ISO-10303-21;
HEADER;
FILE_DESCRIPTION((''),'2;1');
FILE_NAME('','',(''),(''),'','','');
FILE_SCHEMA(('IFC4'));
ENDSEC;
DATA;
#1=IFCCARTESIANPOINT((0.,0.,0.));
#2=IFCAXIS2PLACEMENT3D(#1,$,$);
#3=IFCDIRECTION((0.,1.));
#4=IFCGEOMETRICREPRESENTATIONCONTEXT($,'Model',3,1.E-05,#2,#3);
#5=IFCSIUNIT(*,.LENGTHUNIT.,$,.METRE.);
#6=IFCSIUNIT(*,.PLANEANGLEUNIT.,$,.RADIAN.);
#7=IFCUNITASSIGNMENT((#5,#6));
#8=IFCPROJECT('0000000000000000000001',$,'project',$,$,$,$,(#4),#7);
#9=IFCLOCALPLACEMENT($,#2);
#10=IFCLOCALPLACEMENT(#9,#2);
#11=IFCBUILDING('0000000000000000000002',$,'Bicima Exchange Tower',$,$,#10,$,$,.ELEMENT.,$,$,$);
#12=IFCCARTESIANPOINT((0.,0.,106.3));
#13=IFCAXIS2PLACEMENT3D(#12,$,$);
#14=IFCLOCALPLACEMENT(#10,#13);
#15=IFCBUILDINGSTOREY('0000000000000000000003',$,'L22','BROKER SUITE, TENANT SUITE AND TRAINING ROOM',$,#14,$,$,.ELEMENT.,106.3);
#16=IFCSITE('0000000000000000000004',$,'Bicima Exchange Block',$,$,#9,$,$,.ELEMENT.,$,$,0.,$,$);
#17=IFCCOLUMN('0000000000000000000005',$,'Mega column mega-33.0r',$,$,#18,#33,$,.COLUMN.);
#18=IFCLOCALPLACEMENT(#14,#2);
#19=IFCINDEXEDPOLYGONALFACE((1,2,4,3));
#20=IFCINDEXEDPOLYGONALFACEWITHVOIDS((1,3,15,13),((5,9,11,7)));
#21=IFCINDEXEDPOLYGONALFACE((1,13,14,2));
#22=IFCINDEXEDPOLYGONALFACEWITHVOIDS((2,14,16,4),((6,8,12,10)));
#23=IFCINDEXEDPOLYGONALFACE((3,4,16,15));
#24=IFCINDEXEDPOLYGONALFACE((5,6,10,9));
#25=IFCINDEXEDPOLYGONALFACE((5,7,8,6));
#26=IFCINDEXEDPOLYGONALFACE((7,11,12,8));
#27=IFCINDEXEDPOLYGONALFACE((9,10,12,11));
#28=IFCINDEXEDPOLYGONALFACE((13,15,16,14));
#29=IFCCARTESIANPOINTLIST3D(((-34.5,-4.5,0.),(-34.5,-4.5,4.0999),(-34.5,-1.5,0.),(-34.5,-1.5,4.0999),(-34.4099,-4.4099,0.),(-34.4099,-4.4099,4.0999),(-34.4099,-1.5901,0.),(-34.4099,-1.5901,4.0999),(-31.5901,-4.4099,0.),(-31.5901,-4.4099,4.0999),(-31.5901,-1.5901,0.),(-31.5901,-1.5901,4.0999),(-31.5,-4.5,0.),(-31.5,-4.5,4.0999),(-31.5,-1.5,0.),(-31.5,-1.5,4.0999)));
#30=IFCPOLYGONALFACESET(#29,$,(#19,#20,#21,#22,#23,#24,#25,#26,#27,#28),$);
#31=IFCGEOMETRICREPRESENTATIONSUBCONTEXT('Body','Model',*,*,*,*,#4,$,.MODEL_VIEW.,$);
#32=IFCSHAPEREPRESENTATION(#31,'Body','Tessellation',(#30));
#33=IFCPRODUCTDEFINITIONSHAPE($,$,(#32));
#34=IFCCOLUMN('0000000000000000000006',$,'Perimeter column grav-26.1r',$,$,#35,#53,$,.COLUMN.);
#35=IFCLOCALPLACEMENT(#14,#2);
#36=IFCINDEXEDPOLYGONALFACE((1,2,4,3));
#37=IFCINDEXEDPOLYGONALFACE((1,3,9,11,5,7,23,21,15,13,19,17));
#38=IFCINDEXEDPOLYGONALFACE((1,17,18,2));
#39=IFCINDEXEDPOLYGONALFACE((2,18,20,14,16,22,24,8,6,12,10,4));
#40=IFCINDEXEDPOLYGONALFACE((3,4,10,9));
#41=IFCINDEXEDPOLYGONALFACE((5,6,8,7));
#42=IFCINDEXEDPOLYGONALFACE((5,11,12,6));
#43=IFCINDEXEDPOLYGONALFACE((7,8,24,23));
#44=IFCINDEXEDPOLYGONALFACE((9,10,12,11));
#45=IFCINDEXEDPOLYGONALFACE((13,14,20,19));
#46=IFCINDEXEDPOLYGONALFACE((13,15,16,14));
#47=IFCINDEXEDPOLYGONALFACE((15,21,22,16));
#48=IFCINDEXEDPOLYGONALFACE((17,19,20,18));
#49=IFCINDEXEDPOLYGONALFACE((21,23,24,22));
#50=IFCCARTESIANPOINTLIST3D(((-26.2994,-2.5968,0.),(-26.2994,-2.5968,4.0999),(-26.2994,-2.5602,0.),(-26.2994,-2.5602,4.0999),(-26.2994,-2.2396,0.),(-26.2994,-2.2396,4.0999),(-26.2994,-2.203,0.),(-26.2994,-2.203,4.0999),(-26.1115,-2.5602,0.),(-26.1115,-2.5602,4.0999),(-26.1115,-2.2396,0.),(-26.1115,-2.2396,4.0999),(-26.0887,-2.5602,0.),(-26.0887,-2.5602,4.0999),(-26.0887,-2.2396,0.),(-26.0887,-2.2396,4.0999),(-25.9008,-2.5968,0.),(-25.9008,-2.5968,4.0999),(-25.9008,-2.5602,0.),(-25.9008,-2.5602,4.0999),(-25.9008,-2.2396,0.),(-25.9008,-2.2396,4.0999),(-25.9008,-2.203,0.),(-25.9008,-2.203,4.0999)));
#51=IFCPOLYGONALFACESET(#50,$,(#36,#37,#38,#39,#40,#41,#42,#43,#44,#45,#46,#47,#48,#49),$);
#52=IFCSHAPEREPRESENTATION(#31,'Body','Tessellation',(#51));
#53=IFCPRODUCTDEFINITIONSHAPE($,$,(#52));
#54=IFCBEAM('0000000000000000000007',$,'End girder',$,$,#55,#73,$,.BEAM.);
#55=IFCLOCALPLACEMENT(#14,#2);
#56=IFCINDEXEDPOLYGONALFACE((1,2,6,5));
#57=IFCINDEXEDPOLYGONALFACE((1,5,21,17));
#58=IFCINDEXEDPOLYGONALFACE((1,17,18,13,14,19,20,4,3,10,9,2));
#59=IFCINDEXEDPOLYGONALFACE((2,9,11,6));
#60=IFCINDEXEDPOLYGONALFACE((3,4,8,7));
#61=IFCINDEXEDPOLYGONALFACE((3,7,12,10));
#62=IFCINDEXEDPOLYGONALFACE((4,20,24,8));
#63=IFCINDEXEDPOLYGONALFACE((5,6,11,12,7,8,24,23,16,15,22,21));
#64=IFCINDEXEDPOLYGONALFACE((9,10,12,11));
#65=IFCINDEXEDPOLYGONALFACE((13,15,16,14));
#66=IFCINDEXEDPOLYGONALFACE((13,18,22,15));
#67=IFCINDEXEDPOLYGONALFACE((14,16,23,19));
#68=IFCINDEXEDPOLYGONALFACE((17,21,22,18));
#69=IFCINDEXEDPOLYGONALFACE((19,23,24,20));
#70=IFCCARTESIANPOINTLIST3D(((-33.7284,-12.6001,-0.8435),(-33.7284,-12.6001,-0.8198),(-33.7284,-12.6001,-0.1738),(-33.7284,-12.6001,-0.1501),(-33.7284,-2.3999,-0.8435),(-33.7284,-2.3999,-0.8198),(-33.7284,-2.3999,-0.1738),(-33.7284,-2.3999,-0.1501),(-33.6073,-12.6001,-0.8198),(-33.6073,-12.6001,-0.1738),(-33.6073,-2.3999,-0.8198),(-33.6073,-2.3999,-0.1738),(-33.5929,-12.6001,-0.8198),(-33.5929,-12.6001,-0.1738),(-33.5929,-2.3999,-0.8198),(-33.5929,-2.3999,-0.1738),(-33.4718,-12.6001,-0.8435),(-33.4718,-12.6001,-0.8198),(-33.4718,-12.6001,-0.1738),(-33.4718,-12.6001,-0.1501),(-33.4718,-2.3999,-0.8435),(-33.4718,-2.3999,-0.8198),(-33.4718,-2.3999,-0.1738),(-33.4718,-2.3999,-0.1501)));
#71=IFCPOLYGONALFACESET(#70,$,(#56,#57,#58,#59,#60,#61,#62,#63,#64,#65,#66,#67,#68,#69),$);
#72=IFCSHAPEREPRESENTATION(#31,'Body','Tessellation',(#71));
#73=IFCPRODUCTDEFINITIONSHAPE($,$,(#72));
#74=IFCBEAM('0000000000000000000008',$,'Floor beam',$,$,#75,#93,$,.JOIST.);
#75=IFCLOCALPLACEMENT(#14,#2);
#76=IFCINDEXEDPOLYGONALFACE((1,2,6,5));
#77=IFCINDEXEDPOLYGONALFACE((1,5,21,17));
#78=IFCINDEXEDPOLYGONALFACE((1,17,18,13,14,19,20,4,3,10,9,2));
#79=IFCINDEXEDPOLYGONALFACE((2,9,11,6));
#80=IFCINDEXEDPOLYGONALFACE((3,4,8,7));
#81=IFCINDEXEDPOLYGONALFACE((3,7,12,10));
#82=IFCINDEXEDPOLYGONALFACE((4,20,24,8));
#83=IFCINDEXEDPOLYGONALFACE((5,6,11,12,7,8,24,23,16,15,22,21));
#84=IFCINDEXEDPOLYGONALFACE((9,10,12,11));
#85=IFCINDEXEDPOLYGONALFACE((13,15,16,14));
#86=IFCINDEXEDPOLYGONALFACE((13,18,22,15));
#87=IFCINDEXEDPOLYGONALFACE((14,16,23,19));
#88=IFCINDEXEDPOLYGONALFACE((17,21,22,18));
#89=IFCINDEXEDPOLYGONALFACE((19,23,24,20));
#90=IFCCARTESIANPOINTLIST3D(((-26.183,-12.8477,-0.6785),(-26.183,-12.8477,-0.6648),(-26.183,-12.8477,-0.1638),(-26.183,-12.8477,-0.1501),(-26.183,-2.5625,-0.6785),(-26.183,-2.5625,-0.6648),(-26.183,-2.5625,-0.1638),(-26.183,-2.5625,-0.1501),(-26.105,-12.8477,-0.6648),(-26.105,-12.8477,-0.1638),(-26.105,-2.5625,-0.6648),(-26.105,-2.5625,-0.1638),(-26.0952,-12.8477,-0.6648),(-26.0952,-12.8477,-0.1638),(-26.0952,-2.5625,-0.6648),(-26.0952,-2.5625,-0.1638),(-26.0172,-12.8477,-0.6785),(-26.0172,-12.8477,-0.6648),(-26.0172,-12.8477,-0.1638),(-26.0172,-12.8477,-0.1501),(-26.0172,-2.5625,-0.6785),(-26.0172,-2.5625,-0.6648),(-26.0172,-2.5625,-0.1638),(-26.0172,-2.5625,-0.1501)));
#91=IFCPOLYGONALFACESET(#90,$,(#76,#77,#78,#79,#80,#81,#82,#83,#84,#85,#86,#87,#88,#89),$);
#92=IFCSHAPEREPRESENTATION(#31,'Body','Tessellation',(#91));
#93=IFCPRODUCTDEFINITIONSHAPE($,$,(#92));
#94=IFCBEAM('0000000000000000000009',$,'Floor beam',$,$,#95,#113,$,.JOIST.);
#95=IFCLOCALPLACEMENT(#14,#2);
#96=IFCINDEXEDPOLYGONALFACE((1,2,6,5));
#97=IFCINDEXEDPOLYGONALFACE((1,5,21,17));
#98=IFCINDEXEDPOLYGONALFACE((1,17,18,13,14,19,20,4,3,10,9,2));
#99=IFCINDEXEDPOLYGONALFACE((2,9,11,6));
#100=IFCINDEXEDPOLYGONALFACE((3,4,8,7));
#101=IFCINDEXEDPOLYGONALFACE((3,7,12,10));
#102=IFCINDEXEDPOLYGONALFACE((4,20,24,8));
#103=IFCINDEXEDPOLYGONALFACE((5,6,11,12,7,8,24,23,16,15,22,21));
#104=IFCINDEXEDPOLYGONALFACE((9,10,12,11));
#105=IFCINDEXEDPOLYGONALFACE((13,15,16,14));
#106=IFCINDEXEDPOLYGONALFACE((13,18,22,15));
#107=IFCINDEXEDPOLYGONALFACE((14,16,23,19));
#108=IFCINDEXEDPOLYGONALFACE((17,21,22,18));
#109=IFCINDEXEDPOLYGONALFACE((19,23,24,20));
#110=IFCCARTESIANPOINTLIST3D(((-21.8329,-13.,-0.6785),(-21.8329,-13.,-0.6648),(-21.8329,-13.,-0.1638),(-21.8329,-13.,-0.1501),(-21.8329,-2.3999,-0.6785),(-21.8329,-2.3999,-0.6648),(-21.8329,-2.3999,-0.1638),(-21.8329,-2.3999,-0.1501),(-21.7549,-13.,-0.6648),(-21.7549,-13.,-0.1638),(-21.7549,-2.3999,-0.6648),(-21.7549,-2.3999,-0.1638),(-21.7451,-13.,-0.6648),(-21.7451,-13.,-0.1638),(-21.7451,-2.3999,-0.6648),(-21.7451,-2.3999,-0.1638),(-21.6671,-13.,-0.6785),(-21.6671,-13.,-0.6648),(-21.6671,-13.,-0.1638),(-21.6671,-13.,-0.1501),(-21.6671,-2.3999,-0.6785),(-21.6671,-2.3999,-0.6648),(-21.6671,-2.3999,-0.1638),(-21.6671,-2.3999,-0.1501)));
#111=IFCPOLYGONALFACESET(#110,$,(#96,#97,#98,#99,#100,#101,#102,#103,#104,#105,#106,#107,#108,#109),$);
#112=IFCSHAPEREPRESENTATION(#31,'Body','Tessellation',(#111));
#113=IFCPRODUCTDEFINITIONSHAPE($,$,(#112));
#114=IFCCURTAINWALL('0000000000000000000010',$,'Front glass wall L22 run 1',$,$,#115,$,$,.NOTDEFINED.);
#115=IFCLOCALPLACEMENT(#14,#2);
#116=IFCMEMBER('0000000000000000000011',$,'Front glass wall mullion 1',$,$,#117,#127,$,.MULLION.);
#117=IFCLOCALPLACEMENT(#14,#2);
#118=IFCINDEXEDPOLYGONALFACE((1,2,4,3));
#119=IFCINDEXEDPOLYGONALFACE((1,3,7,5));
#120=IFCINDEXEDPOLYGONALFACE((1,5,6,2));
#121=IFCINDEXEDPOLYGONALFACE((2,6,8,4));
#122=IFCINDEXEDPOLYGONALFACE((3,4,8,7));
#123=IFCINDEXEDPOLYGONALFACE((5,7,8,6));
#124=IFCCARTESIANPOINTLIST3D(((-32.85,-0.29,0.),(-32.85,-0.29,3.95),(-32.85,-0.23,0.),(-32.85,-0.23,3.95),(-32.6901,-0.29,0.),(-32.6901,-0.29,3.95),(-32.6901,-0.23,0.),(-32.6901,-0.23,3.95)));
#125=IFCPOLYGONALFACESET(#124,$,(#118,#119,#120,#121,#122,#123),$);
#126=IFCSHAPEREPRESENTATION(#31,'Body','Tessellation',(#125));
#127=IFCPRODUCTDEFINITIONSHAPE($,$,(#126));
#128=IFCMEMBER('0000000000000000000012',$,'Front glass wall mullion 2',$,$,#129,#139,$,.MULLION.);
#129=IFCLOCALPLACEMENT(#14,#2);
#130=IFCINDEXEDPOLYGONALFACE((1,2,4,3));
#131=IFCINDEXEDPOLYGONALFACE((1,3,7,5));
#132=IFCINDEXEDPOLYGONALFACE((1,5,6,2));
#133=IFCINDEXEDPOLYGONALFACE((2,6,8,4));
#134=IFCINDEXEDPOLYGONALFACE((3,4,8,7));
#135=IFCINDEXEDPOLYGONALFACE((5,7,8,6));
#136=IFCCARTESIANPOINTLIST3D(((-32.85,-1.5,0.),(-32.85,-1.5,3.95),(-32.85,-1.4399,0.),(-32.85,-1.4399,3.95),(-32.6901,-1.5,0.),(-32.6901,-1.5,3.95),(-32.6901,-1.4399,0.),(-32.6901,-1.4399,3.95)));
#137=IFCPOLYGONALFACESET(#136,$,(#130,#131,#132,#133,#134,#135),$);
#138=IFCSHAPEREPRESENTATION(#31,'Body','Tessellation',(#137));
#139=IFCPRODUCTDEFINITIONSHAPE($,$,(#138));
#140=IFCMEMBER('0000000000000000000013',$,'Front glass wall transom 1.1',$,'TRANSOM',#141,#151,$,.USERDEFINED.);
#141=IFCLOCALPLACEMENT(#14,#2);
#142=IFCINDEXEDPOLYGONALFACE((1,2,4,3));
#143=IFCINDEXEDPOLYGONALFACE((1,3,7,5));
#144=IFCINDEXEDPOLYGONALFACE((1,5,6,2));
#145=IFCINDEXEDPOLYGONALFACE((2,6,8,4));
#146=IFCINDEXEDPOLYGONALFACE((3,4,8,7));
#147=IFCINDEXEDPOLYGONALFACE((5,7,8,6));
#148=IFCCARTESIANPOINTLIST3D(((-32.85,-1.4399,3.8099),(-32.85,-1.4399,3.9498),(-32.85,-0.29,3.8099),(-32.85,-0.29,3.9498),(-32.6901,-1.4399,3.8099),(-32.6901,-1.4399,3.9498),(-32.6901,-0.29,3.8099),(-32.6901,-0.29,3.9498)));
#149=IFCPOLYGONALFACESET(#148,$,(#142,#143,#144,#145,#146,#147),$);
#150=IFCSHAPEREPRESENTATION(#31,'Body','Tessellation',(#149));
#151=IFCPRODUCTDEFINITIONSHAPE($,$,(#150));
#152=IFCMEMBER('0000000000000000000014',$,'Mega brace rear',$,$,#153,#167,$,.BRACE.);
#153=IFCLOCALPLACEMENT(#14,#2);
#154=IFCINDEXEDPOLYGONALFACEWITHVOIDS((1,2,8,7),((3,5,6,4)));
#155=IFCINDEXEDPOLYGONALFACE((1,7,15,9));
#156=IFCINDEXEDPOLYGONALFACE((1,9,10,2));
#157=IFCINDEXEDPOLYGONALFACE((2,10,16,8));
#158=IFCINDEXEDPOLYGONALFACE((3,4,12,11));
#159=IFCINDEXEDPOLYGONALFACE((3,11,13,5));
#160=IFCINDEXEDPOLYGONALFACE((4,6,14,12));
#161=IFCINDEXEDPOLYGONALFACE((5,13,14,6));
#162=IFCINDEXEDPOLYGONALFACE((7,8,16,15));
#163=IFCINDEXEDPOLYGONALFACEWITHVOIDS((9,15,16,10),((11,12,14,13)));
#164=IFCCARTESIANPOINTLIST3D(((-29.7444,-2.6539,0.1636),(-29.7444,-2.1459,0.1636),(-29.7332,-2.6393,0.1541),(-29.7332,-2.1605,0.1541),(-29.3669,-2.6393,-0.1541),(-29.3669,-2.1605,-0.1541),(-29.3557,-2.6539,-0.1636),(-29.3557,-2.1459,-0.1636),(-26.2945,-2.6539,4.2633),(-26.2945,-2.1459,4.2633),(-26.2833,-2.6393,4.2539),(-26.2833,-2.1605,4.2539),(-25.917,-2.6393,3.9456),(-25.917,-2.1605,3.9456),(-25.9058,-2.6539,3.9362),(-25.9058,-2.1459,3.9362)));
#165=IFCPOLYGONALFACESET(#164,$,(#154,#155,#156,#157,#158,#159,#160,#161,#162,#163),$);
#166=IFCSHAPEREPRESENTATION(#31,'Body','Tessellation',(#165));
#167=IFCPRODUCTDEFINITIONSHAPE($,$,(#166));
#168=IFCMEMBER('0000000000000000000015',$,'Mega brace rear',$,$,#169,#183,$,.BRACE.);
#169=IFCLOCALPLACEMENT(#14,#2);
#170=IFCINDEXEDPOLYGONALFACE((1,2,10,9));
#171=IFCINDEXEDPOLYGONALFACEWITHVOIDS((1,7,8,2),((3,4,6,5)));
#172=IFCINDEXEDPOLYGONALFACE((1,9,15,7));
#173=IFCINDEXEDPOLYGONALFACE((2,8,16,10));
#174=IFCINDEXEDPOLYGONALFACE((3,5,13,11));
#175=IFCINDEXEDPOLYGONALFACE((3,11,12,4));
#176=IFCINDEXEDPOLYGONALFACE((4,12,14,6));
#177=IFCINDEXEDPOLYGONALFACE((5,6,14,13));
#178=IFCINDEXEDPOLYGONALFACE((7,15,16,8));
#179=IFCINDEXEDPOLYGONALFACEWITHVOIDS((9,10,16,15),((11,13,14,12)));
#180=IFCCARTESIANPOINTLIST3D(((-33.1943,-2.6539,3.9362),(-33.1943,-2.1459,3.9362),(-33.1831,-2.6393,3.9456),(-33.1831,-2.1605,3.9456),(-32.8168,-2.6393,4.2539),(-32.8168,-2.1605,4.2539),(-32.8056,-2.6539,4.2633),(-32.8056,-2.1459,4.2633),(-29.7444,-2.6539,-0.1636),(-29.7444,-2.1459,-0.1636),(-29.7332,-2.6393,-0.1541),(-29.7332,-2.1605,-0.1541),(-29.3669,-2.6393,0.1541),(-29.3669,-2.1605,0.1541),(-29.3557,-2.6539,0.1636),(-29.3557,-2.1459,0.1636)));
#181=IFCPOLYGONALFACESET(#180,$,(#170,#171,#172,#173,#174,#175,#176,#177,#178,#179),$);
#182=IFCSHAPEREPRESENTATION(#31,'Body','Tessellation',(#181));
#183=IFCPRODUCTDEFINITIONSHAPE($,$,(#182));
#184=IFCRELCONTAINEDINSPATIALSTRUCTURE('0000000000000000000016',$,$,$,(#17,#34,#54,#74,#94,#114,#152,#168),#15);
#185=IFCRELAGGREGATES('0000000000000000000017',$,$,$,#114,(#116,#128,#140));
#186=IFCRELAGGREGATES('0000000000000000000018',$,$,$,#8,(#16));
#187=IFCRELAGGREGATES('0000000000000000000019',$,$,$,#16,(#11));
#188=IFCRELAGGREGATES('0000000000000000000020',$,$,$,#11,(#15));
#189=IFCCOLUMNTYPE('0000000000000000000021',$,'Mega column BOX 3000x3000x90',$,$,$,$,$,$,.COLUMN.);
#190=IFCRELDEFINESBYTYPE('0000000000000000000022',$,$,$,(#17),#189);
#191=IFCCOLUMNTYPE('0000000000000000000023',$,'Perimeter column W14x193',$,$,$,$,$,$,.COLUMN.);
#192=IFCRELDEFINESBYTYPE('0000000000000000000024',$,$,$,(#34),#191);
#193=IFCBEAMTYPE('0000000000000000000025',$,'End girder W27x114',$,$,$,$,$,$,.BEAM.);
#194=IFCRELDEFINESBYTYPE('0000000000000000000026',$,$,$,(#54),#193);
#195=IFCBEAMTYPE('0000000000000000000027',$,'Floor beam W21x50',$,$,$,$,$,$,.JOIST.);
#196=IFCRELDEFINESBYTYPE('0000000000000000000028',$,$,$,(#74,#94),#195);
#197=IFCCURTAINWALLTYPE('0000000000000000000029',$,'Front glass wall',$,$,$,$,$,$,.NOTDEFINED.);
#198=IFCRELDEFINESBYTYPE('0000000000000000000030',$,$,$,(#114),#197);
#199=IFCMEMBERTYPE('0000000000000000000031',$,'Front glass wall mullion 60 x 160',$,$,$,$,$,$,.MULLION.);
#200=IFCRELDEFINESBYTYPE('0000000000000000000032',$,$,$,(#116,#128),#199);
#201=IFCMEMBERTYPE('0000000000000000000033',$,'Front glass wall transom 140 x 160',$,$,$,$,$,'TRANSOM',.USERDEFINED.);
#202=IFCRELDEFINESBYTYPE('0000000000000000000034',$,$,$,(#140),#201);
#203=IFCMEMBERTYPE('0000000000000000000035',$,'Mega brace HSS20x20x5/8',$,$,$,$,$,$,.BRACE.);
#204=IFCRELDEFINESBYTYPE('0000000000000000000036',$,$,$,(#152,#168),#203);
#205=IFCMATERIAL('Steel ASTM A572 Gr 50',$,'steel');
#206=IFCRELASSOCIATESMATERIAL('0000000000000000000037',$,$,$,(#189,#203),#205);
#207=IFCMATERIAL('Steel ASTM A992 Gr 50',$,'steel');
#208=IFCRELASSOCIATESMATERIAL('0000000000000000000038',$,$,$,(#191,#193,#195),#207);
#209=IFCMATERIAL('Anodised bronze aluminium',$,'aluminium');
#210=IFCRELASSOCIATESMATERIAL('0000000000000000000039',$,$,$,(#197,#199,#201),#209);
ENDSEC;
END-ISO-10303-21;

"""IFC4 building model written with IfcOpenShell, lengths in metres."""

from ifc_helpers import new_model, si_unit, direction, frame, origin, origin_2d, place, context, subcontext, project, spatial, rectangle, hollow_rectangle, i_section, extrude, material, material_profile, profile_set, type_object, element, aggregate, save


model = new_model("IFC4")

# Units and contexts
model_context = context("Model", 3, precision=1e-05, world=origin(), true_north=direction((0.0, 1.0)))
body_context = subcontext(model_context, "Body", "Model", "MODEL_VIEW")
ifc_project = project(units=[si_unit("LENGTHUNIT", "METRE"), si_unit("PLANEANGLEUNIT", "RADIAN")], contexts=[model_context])

# Site, building, storey
site_placement = place(None, origin())
site = spatial("IfcSite", under=ifc_project, at=site_placement, Name="Bicima Exchange Block", CompositionType="ELEMENT", RefElevation=0.0)
building_placement = place(site_placement, origin())
building = spatial("IfcBuilding", under=site, at=building_placement, Name="Bicima Exchange Tower", CompositionType="ELEMENT")
storey_placement = place(building_placement, frame((0.0, 0.0, 106.3)))
storey = spatial("IfcBuildingStorey", under=building, at=storey_placement, Name="L22", Description="BROKER SUITE, TENANT SUITE AND TRAINING ROOM", CompositionType="ELEMENT", Elevation=106.3)

# Columns
ifc_material_1 = material(Name="Steel ASTM A572 Gr 50", Category="steel")
ifc_material_profile_1 = material_profile(ifc_material_1, hollow_rectangle(XDim=3.0, YDim=3.0, WallThickness=0.0901, at=origin_2d()))
ifc_profile_set_1 = profile_set([ifc_material_profile_1], Name="Steel ASTM A572 Gr 50")
column_type_1 = type_object("IfcColumnType", Name="Mega column BOX 3000x3000x90", PredefinedType="COLUMN", material=ifc_profile_set_1)
column_1_placement = place(storey_placement, frame((-33.0, -3.0, 0.0), z_axis=(0.0, 0.0, 1.0), x_axis=(1.0, 0.0, 0.0)))
element("IfcColumn", 1, at=column_1_placement, inside=storey, type_object=column_type_1, Name="Mega column mega-33.0r", PredefinedType="COLUMN", context=body_context, shape_type="SweptSolid", body=[
    extrude(hollow_rectangle(XDim=3.0, YDim=3.0, WallThickness=0.0901, at=origin_2d()), origin(), (0.0, 0.0, 1.0), 4.0999),
])
ifc_material_2 = material(Name="Steel ASTM A992 Gr 50", Category="steel")
ifc_material_profile_2 = material_profile(ifc_material_2, i_section(OverallWidth=0.3987, OverallDepth=0.3938, WebThickness=0.0227, FlangeThickness=0.0366, at=origin_2d()))
ifc_profile_set_2 = profile_set([ifc_material_profile_2], Name="Steel ASTM A992 Gr 50")
column_type_2 = type_object("IfcColumnType", Name="Perimeter column W14x193", PredefinedType="COLUMN", material=ifc_profile_set_2)
column_2_placement = place(storey_placement, frame((-26.1001, -2.3999, 0.0), z_axis=(0.0, 0.0, 1.0), x_axis=(1.0, 0.0, 0.0)))
element("IfcColumn", 2, at=column_2_placement, inside=storey, type_object=column_type_2, Name="Perimeter column grav-26.1r", PredefinedType="COLUMN", context=body_context, shape_type="SweptSolid", body=[
    extrude(i_section(OverallWidth=0.3987, OverallDepth=0.3938, WebThickness=0.0227, FlangeThickness=0.0366, at=origin_2d()), origin(), (0.0, 0.0, 1.0), 4.0999),
])

# Beams
ifc_material_profile_3 = material_profile(ifc_material_2, i_section(OverallWidth=0.2566, OverallDepth=0.6934, WebThickness=0.0144, FlangeThickness=0.0237, at=origin_2d()))
ifc_profile_set_3 = profile_set([ifc_material_profile_3], Name="Steel ASTM A992 Gr 50")
beam_type_1 = type_object("IfcBeamType", Name="End girder W27x114", PredefinedType="BEAM", material=ifc_profile_set_3)
beam_1_placement = place(storey_placement, frame((-33.6001, -2.3999, -0.4968), z_axis=(0.0, -1.0, 0.0), x_axis=(1.0, 0.0, 0.0)))
element("IfcBeam", 3, at=beam_1_placement, inside=storey, type_object=beam_type_1, Name="End girder", PredefinedType="BEAM", context=body_context, shape_type="SweptSolid", body=[
    extrude(i_section(OverallWidth=0.2566, OverallDepth=0.6934, WebThickness=0.0144, FlangeThickness=0.0237, at=origin_2d()), origin(), (0.0, 0.0, 1.0), 10.2002),
])
ifc_material_profile_4 = material_profile(ifc_material_2, i_section(OverallWidth=0.1658, OverallDepth=0.5283, WebThickness=0.0098, FlangeThickness=0.0137, at=origin_2d()))
ifc_profile_set_4 = profile_set([ifc_material_profile_4], Name="Steel ASTM A992 Gr 50")
beam_type_2 = type_object("IfcBeamType", Name="Floor beam W21x50", PredefinedType="JOIST", material=ifc_profile_set_4)
beam_2_placement = place(storey_placement, frame((-26.1001, -2.5625, -0.4143), z_axis=(0.0, -1.0, 0.0), x_axis=(1.0, 0.0, 0.0)))
element("IfcBeam", 4, at=beam_2_placement, inside=storey, type_object=beam_type_2, Name="Floor beam", PredefinedType="JOIST", context=body_context, shape_type="SweptSolid", body=[
    extrude(i_section(OverallWidth=0.1658, OverallDepth=0.5283, WebThickness=0.0098, FlangeThickness=0.0137, at=origin_2d()), origin(), (0.0, 0.0, 1.0), 10.2852),
])
beam_3_placement = place(storey_placement, frame((-21.75, -2.3999, -0.4143), z_axis=(0.0, -1.0, 0.0), x_axis=(1.0, 0.0, 0.0)))
element("IfcBeam", 5, at=beam_3_placement, inside=storey, type_object=beam_type_2, Name="Floor beam", PredefinedType="JOIST", context=body_context, shape_type="SweptSolid", body=[
    extrude(i_section(OverallWidth=0.1658, OverallDepth=0.5283, WebThickness=0.0098, FlangeThickness=0.0137, at=origin_2d()), origin(), (0.0, 0.0, 1.0), 10.6001),
])

# Curtain wall, members
ifc_material_3 = material(Name="Anodised bronze aluminium", Category="aluminium")
curtain_wall_type = type_object("IfcCurtainWallType", Name="Front glass wall", PredefinedType="NOTDEFINED", material=ifc_material_3)
curtain_wall_placement = place(storey_placement, origin())
curtain_wall = element("IfcCurtainWall", 6, at=curtain_wall_placement, inside=storey, type_object=curtain_wall_type, Name="Front glass wall L22 run 1", PredefinedType="NOTDEFINED")
ifc_material_profile_5 = material_profile(ifc_material_3, rectangle(XDim=0.1599, YDim=0.0601, at=origin_2d()))
ifc_profile_set_5 = profile_set([ifc_material_profile_5], Name="Anodised bronze aluminium")
member_type_1 = type_object("IfcMemberType", Name="Front glass wall mullion 60 x 160", PredefinedType="MULLION", material=ifc_profile_set_5)
member_1_placement = place(storey_placement, frame((-32.77, -0.26, 0.0), z_axis=(0.0, 0.0, 1.0), x_axis=(1.0, 0.0, 0.0)))
member_1 = element("IfcMember", 7, at=member_1_placement, type_object=member_type_1, Name="Front glass wall mullion 1", PredefinedType="MULLION", context=body_context, shape_type="SweptSolid", body=[
    extrude(rectangle(XDim=0.1599, YDim=0.0601, at=origin_2d()), origin(), (0.0, 0.0, 1.0), 3.95),
])
member_2_placement = place(storey_placement, frame((-32.77, -1.47, 0.0), z_axis=(0.0, 0.0, 1.0), x_axis=(1.0, 0.0, 0.0)))
member_2 = element("IfcMember", 8, at=member_2_placement, type_object=member_type_1, Name="Front glass wall mullion 2", PredefinedType="MULLION", context=body_context, shape_type="SweptSolid", body=[
    extrude(rectangle(XDim=0.1599, YDim=0.0601, at=origin_2d()), origin(), (0.0, 0.0, 1.0), 3.95),
])
ifc_material_profile_6 = material_profile(ifc_material_3, rectangle(XDim=0.1599, YDim=0.1399, at=origin_2d()))
ifc_profile_set_6 = profile_set([ifc_material_profile_6], Name="Anodised bronze aluminium")
member_type_2 = type_object("IfcMemberType", Name="Front glass wall transom 140 x 160", ElementType="TRANSOM", PredefinedType="USERDEFINED", material=ifc_profile_set_6)
member_3_placement = place(storey_placement, frame((-32.77, -0.29, 3.8799), z_axis=(0.0, -1.0, 0.0), x_axis=(1.0, 0.0, 0.0)))
member_3 = element("IfcMember", 9, at=member_3_placement, type_object=member_type_2, Name="Front glass wall transom 1.1", ObjectType="TRANSOM", PredefinedType="USERDEFINED", context=body_context, shape_type="SweptSolid", body=[
    extrude(rectangle(XDim=0.1599, YDim=0.1399, at=origin_2d()), origin(), (0.0, 0.0, 1.0), 1.1499),
])

# Members
ifc_material_profile_7 = material_profile(ifc_material_1, hollow_rectangle(XDim=0.5081, YDim=0.5081, WallThickness=0.0146, at=origin_2d()))
ifc_profile_set_7 = profile_set([ifc_material_profile_7], Name="Steel ASTM A572 Gr 50")
member_type_3 = type_object("IfcMemberType", Name="Mega brace HSS20x20x5/8", PredefinedType="BRACE", material=ifc_profile_set_7)
for number, where, z_axis, x_axis, name in (
    (10, (-29.55, -2.3999, 0.0), (0.643856, 0.0, 0.765146), (0.0, 1.0, 0.0), "Mega brace rear"),
    (11, (-29.55, -2.3999, 0.0), (-0.643856, 0.0, 0.765146), (0.0, -1.0, 0.0), "Mega brace rear"),
):
    element("IfcMember", number, at=place(storey_placement, frame(where, z_axis=z_axis, x_axis=x_axis)), inside=storey, type_object=member_type_3, Name=name, PredefinedType="BRACE", context=body_context, shape_type="SweptSolid", body=[
        extrude(hollow_rectangle(XDim=0.5081, YDim=0.5081, WallThickness=0.0146, at=origin_2d()), origin(), (0.0, 0.0, 1.0), 5.3582),
    ])

aggregate(curtain_wall, [member_1, member_2, member_3])

save(model, "model.ifc")
